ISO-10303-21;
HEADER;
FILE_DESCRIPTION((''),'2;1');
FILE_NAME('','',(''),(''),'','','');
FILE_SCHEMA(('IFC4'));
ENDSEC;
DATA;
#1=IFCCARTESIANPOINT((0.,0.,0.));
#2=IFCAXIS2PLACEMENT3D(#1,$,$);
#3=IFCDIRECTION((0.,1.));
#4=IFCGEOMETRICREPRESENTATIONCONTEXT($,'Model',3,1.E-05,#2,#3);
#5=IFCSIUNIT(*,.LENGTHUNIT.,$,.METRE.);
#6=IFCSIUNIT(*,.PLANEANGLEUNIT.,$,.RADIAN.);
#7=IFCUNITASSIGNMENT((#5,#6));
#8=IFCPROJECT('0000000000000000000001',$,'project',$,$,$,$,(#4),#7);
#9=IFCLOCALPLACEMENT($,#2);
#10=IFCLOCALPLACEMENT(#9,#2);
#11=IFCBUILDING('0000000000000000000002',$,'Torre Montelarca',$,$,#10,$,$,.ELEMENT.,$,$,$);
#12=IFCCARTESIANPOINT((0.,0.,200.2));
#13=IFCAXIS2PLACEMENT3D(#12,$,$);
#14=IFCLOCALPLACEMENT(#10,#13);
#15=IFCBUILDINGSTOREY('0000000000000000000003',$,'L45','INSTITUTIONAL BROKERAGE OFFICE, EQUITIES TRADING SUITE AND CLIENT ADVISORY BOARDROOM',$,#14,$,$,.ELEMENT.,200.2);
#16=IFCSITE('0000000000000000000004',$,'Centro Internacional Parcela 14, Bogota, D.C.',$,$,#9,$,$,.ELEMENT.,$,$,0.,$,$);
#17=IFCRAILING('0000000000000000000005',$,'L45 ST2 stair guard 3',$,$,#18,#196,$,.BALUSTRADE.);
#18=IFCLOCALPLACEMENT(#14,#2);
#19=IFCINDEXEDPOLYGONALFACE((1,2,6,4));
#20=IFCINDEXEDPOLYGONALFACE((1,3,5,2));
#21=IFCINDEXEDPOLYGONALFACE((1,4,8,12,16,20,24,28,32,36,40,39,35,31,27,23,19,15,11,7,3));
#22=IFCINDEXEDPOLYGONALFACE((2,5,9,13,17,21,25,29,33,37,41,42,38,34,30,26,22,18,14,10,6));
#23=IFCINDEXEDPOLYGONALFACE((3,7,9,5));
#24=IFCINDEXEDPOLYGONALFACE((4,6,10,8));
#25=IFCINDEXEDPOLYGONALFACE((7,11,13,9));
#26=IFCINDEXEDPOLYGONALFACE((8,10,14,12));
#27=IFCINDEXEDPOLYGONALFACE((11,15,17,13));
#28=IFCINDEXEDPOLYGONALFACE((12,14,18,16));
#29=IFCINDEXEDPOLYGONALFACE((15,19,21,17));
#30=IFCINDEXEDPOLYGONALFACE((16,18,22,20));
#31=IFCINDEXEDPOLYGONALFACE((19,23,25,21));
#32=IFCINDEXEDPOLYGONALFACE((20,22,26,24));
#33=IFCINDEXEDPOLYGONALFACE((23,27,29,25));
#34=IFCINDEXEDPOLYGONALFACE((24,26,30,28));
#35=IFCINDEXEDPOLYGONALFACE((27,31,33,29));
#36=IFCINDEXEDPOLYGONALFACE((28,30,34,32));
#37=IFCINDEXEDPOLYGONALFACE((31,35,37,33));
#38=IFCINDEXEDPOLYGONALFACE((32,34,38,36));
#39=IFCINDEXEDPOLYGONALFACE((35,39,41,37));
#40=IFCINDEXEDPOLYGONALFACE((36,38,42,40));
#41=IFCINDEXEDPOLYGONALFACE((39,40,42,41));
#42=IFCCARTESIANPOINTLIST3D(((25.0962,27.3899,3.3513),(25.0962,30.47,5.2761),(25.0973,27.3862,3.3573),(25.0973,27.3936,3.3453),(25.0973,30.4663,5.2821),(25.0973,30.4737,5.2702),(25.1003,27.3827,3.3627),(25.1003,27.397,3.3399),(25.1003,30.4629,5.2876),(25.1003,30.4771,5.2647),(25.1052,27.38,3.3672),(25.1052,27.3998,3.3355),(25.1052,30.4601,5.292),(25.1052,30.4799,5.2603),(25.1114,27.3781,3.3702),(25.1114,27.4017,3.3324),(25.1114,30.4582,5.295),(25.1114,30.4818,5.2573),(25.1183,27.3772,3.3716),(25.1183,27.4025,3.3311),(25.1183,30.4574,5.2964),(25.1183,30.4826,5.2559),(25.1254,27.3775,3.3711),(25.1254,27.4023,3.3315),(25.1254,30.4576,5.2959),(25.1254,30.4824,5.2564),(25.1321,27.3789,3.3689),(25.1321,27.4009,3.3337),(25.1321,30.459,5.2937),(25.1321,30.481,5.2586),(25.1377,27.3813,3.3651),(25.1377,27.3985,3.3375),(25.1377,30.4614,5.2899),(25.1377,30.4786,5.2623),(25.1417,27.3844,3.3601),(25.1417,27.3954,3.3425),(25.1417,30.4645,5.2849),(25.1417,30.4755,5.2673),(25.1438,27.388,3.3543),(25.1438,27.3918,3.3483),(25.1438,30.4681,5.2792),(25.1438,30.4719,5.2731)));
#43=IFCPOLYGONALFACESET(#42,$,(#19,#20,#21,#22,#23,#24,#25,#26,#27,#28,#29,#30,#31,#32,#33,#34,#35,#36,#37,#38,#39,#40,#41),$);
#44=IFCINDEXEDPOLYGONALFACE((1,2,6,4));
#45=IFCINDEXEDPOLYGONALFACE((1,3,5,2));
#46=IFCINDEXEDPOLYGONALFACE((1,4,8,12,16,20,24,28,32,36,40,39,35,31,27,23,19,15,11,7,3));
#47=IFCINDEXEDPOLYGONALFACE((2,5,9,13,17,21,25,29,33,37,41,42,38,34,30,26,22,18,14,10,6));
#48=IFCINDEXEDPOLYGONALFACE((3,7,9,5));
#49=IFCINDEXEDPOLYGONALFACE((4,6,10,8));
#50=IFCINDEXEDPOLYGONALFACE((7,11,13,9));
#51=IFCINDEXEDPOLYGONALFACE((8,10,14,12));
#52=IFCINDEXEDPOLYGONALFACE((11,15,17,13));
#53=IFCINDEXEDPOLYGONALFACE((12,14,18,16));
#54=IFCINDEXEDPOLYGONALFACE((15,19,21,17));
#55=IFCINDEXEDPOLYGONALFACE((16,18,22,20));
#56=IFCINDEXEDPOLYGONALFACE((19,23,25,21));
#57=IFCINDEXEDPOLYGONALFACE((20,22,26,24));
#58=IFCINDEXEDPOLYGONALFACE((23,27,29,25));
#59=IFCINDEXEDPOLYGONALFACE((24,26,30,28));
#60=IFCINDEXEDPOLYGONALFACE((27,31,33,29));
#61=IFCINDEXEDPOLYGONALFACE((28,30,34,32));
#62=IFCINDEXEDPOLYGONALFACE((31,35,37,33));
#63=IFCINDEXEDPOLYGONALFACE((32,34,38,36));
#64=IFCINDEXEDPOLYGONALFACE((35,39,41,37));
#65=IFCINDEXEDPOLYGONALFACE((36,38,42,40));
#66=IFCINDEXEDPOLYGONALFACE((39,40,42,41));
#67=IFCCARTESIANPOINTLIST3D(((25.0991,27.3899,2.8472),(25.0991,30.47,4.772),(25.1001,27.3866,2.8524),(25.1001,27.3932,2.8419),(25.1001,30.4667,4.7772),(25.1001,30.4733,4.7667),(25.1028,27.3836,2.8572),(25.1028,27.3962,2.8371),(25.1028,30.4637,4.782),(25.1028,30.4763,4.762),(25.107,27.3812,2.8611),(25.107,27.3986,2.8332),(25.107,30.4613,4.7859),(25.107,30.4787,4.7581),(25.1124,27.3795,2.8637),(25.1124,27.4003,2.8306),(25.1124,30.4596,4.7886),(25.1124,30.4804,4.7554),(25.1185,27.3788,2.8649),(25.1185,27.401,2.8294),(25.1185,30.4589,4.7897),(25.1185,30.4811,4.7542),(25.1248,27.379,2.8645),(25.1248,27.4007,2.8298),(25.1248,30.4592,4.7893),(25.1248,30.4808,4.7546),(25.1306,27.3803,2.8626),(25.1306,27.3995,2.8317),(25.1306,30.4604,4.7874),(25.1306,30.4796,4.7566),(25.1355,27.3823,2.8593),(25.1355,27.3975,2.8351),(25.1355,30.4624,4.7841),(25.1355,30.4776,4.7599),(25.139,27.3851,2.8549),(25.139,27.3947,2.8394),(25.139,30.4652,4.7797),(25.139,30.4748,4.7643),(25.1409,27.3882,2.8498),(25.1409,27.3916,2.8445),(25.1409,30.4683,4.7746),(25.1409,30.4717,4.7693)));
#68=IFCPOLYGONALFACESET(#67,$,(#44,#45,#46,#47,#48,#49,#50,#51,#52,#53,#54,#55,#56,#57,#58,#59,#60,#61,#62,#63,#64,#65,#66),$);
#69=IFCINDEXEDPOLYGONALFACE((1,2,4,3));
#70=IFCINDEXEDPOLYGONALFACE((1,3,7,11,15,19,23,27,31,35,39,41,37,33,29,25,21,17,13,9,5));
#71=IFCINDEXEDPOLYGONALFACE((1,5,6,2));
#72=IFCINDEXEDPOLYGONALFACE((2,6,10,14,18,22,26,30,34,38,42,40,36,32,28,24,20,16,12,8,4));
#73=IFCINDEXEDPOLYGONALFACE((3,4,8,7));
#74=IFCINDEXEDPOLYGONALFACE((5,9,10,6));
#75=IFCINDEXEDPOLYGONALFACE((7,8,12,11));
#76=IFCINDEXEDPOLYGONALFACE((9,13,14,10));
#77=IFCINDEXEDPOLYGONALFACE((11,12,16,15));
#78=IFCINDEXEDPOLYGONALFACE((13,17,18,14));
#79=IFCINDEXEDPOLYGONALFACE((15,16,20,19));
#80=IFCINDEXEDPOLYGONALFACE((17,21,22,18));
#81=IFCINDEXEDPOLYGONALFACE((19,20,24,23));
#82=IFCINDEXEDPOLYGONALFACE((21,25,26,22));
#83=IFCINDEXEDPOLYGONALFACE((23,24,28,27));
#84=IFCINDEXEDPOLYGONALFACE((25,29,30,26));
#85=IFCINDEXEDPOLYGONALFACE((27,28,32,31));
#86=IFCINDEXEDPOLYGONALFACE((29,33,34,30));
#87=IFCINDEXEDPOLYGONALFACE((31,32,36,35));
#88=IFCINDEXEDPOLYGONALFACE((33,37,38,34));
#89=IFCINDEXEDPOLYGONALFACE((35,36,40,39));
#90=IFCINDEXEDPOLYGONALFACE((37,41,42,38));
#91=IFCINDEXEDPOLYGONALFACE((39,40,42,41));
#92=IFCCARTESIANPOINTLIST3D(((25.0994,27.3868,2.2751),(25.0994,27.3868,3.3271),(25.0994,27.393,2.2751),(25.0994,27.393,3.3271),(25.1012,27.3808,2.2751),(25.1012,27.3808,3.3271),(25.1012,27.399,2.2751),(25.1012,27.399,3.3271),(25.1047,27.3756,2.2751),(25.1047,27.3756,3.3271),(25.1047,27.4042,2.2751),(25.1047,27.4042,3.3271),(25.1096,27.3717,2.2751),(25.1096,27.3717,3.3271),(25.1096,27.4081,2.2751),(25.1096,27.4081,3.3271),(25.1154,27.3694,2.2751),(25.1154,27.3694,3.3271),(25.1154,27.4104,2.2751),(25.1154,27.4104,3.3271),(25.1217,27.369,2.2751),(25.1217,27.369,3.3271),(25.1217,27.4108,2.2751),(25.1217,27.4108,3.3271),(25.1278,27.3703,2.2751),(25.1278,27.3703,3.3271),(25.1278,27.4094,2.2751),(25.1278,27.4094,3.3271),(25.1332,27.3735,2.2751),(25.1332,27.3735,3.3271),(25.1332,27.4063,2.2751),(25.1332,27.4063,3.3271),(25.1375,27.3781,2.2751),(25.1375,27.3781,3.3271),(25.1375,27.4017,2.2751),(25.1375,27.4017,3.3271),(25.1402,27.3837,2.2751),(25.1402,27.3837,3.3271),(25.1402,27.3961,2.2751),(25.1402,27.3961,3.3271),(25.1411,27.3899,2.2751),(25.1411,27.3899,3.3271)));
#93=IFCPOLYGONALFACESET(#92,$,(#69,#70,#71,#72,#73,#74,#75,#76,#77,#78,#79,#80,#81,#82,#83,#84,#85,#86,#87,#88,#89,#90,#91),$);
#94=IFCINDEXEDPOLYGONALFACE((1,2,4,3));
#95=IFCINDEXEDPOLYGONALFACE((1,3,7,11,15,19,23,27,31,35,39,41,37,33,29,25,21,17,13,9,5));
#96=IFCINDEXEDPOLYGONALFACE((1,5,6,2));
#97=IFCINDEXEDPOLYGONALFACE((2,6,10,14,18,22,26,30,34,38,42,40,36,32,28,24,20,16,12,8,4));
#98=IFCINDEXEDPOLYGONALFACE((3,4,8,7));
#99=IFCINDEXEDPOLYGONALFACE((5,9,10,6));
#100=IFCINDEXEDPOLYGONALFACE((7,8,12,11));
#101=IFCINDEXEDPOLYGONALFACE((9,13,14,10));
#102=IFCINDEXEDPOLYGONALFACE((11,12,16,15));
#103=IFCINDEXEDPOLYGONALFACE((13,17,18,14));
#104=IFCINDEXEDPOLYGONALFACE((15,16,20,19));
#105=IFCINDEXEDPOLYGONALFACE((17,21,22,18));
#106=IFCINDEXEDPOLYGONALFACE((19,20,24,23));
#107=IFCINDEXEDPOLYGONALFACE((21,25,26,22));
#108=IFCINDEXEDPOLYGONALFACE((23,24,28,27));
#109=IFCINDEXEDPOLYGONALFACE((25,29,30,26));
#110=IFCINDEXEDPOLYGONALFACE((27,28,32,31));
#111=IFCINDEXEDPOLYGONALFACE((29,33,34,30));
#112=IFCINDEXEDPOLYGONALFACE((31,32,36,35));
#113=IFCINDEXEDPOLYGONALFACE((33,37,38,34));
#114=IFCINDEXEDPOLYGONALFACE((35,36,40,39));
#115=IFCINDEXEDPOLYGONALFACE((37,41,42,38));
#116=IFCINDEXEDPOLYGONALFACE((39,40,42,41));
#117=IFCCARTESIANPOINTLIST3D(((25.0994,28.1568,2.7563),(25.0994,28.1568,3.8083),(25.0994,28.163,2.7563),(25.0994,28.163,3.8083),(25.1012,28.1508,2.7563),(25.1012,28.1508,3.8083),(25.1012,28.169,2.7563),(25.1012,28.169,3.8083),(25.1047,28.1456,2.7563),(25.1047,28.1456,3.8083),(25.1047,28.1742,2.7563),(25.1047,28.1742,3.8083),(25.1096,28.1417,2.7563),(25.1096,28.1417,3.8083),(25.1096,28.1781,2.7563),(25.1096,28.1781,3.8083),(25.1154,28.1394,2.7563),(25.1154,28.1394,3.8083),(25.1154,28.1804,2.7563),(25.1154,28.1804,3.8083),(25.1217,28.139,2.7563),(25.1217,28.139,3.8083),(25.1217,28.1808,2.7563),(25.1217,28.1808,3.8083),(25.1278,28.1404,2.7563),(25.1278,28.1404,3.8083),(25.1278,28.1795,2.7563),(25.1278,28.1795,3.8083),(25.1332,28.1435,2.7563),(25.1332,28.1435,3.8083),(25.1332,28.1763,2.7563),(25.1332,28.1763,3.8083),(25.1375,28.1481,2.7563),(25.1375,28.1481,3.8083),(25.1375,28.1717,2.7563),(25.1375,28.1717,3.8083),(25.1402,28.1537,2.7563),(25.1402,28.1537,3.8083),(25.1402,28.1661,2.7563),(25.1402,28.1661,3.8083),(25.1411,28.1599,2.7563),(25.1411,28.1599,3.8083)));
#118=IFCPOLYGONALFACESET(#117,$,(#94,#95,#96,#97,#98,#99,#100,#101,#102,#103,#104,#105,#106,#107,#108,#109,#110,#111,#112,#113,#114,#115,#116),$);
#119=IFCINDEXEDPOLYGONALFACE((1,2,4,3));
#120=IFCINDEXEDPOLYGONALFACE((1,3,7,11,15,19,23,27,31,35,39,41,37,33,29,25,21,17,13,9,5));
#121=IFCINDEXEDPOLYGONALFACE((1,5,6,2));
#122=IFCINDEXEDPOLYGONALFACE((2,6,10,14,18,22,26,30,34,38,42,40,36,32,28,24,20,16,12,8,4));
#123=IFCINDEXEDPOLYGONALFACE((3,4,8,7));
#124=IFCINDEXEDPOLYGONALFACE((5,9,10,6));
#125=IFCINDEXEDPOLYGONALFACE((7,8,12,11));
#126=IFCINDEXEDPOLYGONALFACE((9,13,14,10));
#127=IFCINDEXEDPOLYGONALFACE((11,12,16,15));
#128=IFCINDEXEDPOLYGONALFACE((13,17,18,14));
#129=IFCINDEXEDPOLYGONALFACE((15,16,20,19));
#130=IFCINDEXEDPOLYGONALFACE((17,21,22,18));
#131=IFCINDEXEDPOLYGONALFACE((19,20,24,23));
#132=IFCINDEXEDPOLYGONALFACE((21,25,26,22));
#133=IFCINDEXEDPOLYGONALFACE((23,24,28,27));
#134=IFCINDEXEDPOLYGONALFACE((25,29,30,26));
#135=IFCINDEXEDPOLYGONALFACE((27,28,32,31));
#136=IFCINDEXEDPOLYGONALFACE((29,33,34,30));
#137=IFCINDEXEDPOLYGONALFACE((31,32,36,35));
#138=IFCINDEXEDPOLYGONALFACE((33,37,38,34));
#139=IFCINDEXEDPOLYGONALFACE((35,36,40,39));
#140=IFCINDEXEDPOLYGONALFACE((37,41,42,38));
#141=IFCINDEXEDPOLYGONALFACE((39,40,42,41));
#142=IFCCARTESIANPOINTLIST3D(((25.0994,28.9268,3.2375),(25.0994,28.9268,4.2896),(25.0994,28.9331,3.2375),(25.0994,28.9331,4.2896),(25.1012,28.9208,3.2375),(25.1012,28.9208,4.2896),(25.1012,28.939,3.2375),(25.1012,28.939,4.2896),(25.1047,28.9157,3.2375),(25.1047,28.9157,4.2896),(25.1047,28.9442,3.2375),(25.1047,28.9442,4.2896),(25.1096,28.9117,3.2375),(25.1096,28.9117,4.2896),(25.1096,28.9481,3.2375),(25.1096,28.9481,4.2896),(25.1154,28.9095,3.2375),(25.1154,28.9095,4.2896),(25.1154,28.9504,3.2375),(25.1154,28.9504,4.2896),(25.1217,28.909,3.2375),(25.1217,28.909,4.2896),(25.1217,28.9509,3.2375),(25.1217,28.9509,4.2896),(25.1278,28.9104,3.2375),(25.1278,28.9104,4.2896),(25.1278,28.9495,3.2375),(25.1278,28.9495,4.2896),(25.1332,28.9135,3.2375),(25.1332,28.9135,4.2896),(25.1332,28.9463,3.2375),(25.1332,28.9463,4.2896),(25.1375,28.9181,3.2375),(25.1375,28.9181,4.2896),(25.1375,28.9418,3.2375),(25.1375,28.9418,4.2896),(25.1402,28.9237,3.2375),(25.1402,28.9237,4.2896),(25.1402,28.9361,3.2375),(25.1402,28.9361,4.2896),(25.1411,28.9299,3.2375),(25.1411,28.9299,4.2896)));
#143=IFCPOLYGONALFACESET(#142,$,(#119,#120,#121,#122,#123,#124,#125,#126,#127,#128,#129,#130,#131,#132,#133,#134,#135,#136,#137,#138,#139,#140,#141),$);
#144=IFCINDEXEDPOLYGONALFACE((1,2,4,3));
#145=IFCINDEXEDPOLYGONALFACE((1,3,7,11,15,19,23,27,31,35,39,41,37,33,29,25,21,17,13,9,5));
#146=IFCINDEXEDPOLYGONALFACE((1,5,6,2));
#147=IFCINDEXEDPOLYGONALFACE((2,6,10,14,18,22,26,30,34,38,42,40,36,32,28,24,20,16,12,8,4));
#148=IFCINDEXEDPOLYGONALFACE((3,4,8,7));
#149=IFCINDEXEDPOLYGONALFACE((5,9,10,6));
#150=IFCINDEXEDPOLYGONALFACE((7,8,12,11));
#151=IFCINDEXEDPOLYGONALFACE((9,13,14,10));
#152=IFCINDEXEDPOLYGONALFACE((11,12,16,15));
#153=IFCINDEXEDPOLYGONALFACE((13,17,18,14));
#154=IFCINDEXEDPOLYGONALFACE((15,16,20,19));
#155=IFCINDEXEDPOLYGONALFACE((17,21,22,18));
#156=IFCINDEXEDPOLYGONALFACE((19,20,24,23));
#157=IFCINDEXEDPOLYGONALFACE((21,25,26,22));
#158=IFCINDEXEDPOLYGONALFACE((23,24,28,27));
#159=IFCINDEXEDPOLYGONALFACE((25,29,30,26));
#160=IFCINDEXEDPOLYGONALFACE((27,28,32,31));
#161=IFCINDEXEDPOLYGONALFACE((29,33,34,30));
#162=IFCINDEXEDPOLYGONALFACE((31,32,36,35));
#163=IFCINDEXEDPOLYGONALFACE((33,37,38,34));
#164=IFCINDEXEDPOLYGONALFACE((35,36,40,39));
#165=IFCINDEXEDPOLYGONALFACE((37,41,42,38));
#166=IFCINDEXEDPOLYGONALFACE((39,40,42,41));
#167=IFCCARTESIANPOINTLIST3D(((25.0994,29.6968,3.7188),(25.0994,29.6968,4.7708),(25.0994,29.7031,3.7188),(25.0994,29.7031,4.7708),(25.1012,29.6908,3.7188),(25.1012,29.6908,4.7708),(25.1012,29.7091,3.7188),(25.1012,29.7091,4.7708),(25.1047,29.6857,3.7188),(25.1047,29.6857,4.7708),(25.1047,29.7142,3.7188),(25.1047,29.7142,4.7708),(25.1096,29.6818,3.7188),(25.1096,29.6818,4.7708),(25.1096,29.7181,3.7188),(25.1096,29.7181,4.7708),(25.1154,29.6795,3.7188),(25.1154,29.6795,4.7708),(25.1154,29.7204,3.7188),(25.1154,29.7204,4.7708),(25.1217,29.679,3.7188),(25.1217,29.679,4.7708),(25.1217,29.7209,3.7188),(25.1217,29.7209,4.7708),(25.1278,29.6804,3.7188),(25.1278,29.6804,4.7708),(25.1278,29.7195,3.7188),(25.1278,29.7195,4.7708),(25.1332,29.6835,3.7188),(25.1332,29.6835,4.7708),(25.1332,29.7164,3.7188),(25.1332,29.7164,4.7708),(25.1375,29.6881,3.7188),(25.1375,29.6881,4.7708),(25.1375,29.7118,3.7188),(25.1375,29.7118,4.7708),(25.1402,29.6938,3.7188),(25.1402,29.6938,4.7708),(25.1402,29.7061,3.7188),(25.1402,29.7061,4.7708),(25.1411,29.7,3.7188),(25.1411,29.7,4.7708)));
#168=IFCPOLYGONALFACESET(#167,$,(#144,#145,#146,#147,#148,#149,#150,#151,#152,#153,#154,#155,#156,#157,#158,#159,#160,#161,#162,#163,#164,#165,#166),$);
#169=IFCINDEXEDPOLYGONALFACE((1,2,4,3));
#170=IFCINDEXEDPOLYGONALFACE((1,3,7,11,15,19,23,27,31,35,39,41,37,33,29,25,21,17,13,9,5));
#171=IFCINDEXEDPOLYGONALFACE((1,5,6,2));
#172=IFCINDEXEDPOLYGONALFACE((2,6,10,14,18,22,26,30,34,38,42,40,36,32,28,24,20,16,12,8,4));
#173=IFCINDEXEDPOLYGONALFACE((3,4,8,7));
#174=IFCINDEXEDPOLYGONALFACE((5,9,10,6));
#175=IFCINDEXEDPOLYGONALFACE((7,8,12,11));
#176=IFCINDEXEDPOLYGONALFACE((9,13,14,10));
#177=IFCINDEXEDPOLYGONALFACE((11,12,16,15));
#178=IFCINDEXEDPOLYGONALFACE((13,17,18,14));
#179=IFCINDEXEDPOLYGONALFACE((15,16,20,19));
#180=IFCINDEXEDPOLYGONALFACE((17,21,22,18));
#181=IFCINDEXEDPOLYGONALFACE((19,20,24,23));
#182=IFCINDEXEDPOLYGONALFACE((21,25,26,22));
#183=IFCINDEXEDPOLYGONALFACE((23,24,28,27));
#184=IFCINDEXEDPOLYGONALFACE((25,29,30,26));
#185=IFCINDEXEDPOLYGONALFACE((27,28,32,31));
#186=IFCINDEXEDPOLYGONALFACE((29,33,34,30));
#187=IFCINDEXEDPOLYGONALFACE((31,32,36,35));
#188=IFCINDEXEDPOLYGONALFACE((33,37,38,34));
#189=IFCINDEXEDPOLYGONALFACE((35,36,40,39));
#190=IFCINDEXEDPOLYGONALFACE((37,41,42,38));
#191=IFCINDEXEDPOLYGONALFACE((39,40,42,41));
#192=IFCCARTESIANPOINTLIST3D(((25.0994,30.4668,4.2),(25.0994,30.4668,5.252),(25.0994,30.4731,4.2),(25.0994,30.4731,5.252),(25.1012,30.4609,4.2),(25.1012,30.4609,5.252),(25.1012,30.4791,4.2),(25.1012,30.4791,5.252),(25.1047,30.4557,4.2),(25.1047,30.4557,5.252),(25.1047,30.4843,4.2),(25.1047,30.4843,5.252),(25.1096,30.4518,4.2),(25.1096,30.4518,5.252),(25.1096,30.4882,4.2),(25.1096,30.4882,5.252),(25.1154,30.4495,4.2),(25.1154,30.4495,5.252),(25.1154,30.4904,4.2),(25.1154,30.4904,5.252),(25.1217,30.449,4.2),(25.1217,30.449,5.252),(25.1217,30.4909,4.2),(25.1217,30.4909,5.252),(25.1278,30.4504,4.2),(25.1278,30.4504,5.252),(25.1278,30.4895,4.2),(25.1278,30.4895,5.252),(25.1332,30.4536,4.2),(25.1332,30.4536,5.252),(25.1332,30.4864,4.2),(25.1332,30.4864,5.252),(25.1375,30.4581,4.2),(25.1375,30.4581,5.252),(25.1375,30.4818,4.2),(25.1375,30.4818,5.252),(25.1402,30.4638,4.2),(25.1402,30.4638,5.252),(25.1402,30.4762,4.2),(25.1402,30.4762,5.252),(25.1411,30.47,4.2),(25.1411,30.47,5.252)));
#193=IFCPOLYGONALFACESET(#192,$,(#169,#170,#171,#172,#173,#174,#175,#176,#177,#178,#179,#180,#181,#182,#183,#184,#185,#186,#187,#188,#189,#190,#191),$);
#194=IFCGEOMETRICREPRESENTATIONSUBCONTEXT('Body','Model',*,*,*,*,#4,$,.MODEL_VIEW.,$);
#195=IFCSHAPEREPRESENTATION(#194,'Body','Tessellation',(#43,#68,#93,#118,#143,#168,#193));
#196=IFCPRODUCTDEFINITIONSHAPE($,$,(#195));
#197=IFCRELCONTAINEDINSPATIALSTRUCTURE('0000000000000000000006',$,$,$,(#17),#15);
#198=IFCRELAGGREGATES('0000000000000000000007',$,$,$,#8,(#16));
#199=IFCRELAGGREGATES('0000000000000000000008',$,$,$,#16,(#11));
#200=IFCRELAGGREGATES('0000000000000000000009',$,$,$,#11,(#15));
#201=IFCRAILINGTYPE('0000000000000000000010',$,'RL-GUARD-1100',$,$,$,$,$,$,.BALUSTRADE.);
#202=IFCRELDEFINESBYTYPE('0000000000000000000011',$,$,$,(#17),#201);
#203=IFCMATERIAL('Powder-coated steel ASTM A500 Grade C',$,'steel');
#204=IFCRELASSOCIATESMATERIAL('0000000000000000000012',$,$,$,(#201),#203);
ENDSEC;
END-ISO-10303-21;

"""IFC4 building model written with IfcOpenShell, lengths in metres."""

from ifc_helpers import new_model, si_unit, direction, frame, origin, origin_2d, place, context, subcontext, project, spatial, circle, extrude, material, type_object, element, save


model = new_model("IFC4")

# Units and contexts
model_context = context("Model", 3, precision=1e-05, world=origin(), true_north=direction((0.0, 1.0)))
body_context = subcontext(model_context, "Body", "Model", "MODEL_VIEW")
ifc_project = project(units=[si_unit("LENGTHUNIT", "METRE"), si_unit("PLANEANGLEUNIT", "RADIAN")], contexts=[model_context])

# Site, building, storey
site_placement = place(None, origin())
site = spatial("IfcSite", under=ifc_project, at=site_placement, Name="Centro Internacional Parcela 14, Bogota, D.C.", CompositionType="ELEMENT", RefElevation=0.0)
building_placement = place(site_placement, origin())
building = spatial("IfcBuilding", under=site, at=building_placement, Name="Torre Montelarca", CompositionType="ELEMENT")
storey_placement = place(building_placement, frame((0.0, 0.0, 200.2)))
storey = spatial("IfcBuildingStorey", under=building, at=storey_placement, Name="L45", Description="INSTITUTIONAL BROKERAGE OFFICE, EQUITIES TRADING SUITE AND CLIENT ADVISORY BOARDROOM", CompositionType="ELEMENT", Elevation=200.2)

# Railing
ifc_material_1 = material(Name="Powder-coated steel ASTM A500 Grade C", Category="steel")
railing_type_1 = type_object("IfcRailingType", Name="RL-GUARD-1100", PredefinedType="BALUSTRADE", material=ifc_material_1)
railing_1_placement = place(storey_placement, frame((25.1201, 27.3899, 2.2751)))
element("IfcRailing", 1, at=railing_1_placement, inside=storey, type_object=railing_type_1, Name="L45 ST2 stair guard 3", PredefinedType="BALUSTRADE", context=body_context, shape_type="SweptSolid", body=[
    extrude(circle(Radius=0.0239, at=origin_2d()), frame((0.0, 0.0, 1.0762), z_axis=(0.0, 0.848029, 0.529951), x_axis=(-1.0, 0.0, 0.0)), (0.0, 0.0, 1.0), 3.6321),
    extrude(circle(Radius=0.021, at=origin_2d()), frame((0.0, 0.0, 0.572), z_axis=(0.0, 0.848029, 0.529951), x_axis=(-1.0, 0.0, 0.0)), (0.0, 0.0, 1.0), 3.6321),
    extrude(circle(Radius=0.021, at=origin_2d()), origin(), (0.0, 0.0, 1.0), 1.052),
    extrude(circle(Radius=0.021, at=origin_2d()), frame((0.0, 0.77, 0.4812)), (0.0, 0.0, 1.0), 1.052),
    extrude(circle(Radius=0.021, at=origin_2d()), frame((0.0, 1.54, 0.9624)), (0.0, 0.0, 1.0), 1.052),
    extrude(circle(Radius=0.021, at=origin_2d()), frame((0.0, 2.3101, 1.4436)), (0.0, 0.0, 1.0), 1.052),
    extrude(circle(Radius=0.021, at=origin_2d()), frame((0.0, 3.0801, 1.9248)), (0.0, 0.0, 1.0), 1.052),
])

save(model, "model.ifc")
